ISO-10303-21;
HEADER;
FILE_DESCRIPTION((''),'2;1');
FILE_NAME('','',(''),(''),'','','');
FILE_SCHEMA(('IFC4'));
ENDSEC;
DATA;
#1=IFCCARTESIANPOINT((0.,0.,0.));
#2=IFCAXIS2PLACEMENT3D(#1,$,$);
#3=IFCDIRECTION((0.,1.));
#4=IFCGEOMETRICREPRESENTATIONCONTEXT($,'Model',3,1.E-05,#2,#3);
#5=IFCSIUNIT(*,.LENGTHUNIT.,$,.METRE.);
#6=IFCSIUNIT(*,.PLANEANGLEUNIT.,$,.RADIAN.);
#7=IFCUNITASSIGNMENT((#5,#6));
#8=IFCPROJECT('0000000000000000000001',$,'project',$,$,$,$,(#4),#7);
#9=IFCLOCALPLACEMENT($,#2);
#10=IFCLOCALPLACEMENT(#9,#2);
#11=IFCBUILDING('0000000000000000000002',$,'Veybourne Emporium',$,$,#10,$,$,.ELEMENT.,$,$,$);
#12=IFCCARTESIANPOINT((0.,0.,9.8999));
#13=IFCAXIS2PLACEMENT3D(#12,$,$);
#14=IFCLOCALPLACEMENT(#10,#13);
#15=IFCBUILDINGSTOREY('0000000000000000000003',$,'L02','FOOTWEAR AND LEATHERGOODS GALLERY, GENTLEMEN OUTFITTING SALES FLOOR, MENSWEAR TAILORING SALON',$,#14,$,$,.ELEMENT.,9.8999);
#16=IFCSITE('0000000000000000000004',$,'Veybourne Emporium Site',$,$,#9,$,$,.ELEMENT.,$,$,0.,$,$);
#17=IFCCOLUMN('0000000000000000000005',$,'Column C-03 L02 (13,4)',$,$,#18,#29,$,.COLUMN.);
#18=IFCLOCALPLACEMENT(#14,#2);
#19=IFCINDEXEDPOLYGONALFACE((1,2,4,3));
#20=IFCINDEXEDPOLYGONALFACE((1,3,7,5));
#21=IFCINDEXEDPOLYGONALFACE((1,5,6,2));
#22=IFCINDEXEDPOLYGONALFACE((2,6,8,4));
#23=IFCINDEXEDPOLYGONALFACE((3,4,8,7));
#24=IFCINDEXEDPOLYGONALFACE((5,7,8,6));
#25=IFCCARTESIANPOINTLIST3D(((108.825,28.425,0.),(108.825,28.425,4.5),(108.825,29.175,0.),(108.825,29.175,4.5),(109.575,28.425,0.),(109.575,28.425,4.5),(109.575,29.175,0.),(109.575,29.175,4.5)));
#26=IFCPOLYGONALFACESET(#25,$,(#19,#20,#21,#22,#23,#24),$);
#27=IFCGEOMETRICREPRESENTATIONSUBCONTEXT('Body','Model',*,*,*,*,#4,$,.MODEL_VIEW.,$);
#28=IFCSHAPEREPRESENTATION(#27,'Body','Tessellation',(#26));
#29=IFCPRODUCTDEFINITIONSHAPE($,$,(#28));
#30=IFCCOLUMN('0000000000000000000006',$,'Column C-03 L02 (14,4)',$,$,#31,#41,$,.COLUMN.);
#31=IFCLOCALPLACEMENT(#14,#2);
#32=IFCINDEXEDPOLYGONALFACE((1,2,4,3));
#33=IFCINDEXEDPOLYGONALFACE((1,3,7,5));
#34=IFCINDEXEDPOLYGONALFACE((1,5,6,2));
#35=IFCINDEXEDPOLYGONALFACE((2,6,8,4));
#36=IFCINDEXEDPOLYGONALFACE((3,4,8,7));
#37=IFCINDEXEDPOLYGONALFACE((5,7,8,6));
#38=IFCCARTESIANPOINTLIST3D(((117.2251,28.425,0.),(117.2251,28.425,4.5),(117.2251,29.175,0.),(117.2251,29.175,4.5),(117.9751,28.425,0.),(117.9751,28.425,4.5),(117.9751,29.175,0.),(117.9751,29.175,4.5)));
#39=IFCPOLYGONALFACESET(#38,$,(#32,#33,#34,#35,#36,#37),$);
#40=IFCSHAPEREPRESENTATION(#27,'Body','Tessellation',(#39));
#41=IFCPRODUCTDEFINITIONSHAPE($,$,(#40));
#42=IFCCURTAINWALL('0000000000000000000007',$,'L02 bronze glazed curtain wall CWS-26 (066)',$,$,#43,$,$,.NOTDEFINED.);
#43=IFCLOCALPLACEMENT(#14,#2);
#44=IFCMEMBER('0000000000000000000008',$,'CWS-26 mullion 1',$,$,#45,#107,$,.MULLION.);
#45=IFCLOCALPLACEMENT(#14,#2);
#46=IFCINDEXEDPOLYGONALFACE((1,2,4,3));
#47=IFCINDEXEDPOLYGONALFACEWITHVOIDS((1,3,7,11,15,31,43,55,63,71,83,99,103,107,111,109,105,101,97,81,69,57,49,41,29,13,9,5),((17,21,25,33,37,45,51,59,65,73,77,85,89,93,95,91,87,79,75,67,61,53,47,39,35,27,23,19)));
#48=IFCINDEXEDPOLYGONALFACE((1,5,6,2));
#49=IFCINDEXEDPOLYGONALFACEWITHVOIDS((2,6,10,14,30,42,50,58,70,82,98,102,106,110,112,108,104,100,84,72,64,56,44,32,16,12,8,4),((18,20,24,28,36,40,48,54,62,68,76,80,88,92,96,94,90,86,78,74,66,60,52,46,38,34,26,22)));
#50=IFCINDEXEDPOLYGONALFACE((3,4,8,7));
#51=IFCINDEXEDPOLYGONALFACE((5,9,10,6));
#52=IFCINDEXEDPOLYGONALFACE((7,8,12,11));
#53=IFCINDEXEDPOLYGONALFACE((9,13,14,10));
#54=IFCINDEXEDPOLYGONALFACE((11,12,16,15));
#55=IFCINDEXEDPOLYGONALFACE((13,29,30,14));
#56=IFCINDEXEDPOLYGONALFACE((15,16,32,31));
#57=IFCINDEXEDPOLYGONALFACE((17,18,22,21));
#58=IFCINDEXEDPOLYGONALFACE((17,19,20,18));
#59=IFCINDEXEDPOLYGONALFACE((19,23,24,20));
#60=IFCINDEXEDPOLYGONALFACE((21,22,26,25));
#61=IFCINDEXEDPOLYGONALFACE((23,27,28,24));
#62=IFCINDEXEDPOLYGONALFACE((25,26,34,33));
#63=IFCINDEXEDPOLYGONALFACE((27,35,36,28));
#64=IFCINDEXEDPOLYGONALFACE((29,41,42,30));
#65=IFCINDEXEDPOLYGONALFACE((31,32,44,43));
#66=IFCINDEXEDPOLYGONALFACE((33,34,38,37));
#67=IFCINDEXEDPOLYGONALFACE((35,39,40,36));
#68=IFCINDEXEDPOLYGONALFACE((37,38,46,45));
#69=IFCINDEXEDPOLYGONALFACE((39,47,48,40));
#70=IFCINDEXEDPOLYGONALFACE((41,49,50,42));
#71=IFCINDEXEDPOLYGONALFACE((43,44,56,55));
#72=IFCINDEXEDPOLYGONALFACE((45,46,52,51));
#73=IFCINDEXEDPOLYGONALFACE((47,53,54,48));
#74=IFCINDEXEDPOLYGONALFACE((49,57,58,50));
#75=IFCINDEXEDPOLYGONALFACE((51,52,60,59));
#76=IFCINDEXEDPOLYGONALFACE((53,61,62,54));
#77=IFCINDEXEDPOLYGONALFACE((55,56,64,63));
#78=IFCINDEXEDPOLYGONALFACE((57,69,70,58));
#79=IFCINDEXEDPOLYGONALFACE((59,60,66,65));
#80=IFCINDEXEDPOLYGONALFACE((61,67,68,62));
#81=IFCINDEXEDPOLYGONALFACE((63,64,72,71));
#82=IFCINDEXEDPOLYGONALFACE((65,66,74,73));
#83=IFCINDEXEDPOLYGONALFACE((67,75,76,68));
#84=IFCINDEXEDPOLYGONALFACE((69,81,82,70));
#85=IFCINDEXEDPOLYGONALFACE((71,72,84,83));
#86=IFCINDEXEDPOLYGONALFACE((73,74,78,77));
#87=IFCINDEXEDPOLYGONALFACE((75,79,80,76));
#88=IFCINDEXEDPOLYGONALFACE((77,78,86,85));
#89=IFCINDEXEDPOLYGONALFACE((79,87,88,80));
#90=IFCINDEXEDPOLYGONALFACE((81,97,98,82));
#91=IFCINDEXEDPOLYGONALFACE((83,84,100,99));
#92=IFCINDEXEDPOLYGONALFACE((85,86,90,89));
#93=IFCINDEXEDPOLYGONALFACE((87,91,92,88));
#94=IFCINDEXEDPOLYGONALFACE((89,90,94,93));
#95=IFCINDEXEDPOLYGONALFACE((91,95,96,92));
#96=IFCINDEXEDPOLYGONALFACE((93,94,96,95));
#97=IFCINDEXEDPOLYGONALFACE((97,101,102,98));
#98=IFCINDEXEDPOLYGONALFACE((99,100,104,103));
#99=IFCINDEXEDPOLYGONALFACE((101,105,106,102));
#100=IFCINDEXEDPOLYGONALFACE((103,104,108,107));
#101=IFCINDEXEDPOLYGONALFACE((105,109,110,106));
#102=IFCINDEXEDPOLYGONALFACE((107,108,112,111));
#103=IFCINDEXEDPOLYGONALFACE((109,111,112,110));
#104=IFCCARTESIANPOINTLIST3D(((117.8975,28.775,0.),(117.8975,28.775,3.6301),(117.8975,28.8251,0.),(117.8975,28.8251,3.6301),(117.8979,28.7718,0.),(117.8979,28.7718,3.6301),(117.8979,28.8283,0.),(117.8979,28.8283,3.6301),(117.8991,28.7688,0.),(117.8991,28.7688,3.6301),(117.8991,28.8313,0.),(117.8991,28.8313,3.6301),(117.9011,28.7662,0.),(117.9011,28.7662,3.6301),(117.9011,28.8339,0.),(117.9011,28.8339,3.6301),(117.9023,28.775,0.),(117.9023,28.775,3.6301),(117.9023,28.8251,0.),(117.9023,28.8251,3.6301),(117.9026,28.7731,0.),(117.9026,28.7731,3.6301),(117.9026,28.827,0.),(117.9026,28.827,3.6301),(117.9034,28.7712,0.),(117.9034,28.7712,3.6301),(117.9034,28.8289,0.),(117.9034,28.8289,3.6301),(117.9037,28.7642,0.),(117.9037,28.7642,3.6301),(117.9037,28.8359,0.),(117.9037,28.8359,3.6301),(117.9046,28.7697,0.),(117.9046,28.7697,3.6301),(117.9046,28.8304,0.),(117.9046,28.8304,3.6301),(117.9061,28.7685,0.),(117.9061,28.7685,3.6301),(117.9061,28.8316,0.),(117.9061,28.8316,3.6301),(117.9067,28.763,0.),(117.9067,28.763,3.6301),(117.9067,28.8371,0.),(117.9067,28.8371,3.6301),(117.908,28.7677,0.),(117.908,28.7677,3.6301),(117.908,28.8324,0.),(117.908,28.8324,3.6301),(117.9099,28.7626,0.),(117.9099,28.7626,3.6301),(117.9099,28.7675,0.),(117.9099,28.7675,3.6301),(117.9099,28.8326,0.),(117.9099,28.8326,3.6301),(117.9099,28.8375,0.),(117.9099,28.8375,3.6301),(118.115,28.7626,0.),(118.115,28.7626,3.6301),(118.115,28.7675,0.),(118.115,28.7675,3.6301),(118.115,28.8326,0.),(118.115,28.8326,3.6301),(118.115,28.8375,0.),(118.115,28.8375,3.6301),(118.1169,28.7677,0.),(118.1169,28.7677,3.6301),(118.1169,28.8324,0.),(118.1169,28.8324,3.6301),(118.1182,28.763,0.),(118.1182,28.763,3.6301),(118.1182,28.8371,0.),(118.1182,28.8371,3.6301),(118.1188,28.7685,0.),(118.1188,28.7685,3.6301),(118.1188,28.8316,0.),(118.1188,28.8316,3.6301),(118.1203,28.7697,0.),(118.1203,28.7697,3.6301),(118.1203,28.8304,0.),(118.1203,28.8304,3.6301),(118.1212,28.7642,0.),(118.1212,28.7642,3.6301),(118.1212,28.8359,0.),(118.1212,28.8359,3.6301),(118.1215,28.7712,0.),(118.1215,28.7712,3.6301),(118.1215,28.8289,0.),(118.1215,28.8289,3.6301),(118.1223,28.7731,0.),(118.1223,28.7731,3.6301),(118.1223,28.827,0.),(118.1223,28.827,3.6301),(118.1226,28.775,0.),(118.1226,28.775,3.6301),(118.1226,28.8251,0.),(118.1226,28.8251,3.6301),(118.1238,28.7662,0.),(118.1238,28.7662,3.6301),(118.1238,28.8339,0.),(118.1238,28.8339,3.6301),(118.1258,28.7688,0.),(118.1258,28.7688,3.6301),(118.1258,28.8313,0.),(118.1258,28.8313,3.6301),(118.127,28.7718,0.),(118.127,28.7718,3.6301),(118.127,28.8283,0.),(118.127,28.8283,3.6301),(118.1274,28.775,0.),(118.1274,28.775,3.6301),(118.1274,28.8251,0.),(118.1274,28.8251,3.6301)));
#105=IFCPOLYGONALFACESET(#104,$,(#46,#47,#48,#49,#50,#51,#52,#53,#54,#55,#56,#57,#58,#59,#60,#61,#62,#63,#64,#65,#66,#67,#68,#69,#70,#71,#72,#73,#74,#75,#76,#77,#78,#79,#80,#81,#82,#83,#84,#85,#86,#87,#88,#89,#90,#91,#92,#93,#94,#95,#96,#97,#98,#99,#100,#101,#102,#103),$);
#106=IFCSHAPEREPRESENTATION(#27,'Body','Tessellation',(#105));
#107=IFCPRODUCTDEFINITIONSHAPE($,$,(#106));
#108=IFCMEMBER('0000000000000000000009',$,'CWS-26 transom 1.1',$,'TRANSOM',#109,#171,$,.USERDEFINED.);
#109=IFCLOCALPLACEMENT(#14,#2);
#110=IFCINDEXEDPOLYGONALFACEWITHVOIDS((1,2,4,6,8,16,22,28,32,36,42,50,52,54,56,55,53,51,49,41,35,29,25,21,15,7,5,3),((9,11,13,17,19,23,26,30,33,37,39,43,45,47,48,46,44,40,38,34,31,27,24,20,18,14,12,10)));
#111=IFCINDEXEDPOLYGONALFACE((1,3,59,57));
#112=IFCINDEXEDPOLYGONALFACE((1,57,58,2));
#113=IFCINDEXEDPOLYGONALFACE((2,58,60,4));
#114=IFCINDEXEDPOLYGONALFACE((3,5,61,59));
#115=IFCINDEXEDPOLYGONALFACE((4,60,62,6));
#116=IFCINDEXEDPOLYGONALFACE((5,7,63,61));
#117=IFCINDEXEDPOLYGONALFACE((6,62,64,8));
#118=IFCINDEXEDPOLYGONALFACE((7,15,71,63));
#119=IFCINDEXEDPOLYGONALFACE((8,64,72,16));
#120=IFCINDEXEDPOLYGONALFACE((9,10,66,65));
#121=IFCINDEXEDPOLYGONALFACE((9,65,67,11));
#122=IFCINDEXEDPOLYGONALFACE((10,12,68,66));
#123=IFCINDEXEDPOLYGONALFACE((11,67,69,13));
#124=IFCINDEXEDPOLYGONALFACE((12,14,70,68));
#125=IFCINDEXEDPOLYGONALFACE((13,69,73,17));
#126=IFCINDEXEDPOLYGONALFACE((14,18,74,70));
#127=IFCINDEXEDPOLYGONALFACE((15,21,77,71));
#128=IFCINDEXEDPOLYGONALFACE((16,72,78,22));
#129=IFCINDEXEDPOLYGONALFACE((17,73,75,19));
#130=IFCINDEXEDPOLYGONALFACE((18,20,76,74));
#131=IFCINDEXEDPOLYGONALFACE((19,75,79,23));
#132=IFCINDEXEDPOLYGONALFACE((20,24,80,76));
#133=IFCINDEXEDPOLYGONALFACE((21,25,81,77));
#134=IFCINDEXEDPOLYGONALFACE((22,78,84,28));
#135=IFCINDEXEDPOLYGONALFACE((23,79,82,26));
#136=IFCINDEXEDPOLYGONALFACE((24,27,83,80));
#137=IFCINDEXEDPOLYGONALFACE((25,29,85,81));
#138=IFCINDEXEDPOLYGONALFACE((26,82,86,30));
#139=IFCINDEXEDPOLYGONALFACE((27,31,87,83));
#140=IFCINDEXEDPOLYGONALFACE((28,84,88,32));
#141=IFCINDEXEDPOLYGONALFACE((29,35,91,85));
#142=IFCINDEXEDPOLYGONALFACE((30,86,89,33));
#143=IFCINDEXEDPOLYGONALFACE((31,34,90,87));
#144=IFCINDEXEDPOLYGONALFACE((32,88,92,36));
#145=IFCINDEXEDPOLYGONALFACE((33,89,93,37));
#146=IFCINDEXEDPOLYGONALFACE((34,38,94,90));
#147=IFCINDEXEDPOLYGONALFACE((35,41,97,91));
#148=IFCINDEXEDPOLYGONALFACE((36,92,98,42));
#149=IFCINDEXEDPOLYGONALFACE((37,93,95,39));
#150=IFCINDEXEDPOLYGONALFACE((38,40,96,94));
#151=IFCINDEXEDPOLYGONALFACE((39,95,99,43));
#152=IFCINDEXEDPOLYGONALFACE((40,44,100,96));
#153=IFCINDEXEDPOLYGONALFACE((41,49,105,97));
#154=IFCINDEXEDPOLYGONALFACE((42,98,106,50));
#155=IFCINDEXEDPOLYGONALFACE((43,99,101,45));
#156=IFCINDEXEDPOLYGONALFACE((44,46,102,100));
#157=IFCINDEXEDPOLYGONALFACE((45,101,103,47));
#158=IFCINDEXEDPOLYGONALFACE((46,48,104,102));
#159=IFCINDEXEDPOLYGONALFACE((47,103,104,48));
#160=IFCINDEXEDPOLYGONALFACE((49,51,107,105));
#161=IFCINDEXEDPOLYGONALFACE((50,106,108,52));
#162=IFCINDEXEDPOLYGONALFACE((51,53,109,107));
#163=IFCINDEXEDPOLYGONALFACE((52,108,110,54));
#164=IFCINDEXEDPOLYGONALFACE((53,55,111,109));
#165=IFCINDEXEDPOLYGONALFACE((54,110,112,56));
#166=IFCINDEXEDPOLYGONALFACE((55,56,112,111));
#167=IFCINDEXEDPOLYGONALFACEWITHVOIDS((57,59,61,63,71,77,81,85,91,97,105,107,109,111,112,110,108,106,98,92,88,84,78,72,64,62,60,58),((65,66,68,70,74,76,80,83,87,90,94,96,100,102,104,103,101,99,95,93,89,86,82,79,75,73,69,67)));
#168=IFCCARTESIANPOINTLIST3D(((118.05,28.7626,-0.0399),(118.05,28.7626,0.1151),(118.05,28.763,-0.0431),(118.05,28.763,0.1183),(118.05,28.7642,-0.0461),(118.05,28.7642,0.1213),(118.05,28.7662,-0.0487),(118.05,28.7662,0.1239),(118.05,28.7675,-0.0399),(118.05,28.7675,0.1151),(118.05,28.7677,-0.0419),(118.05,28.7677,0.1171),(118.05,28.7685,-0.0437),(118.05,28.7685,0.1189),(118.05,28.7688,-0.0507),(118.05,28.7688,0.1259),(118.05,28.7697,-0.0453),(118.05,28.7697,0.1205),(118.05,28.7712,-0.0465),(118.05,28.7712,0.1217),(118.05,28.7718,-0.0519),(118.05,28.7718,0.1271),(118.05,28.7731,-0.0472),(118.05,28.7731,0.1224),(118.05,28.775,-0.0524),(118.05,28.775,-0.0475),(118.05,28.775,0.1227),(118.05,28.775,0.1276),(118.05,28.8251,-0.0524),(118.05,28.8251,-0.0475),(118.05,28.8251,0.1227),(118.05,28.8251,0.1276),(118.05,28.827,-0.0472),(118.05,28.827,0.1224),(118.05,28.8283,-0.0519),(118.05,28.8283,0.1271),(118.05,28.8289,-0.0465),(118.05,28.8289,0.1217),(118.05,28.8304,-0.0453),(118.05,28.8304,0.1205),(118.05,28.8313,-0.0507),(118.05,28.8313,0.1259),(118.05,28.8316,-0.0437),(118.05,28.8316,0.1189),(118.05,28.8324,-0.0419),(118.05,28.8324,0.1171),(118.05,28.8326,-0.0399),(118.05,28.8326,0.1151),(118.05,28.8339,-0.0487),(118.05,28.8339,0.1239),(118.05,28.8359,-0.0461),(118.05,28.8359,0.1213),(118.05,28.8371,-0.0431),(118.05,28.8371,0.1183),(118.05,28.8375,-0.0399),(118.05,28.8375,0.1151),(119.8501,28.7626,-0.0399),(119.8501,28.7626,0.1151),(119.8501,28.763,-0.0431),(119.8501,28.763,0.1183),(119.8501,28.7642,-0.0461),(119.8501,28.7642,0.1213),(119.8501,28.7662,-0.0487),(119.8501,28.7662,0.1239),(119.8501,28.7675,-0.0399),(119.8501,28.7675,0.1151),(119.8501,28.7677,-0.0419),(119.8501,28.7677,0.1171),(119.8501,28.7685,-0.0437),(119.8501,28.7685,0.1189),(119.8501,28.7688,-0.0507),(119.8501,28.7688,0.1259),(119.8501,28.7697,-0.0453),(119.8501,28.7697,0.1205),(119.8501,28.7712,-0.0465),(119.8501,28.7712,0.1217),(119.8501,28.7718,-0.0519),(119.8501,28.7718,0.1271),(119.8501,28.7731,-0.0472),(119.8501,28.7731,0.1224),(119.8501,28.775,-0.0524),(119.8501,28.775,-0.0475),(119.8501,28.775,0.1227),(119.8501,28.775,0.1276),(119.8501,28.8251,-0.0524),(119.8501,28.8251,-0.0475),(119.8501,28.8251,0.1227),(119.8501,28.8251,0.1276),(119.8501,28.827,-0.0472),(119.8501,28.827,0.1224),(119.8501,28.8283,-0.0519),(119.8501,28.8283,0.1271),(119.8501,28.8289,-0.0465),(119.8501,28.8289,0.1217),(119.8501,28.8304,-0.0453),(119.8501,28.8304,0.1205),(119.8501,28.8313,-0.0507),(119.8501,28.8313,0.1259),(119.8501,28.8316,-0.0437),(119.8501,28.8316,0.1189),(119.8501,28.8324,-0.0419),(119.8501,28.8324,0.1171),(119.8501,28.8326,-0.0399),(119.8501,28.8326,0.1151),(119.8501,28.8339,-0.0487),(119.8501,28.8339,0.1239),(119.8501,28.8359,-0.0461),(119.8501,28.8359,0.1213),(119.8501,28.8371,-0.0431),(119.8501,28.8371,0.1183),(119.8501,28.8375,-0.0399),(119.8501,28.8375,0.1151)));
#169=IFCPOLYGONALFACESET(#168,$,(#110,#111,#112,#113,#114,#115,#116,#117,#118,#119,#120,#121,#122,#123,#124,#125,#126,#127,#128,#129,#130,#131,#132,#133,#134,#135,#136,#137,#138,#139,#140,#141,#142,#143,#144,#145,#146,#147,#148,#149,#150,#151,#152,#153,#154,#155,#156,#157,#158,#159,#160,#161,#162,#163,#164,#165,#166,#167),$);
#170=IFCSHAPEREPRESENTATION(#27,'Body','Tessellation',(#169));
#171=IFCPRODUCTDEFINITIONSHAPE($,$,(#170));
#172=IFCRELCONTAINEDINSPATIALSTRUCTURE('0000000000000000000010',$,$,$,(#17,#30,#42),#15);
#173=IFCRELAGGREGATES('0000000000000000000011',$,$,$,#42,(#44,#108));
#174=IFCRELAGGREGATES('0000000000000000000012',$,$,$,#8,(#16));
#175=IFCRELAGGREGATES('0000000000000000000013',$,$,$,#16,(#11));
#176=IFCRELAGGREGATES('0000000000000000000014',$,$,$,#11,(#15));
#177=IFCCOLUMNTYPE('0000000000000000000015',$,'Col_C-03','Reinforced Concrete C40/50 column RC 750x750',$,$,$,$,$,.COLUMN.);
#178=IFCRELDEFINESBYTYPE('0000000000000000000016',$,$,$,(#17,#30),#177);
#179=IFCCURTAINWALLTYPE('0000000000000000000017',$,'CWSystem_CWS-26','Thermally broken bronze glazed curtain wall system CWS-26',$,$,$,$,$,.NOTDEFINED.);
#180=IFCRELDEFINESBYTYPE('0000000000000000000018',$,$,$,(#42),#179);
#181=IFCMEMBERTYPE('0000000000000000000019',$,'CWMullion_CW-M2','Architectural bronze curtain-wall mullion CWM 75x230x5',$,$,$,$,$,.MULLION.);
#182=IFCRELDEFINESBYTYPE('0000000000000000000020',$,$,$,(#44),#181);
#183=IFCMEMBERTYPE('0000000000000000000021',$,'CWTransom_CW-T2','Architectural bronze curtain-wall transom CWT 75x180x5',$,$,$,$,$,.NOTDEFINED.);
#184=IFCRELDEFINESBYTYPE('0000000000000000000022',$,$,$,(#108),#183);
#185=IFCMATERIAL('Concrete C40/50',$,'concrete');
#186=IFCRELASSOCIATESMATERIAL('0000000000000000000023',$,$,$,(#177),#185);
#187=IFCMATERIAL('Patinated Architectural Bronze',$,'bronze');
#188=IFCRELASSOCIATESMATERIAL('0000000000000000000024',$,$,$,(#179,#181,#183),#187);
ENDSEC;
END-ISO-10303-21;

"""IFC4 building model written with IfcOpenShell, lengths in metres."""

from ifc_helpers import new_model, si_unit, direction, frame, origin, origin_2d, place, context, subcontext, project, spatial, rectangle, hollow_rectangle, extrude, material, material_profile, profile_set, type_object, element, aggregate, save


model = new_model("IFC4")

# Units and contexts
model_context = context("Model", 3, precision=1e-05, world=origin(), true_north=direction((0.0, 1.0)))
body_context = subcontext(model_context, "Body", "Model", "MODEL_VIEW")
ifc_project = project(units=[si_unit("LENGTHUNIT", "METRE"), si_unit("PLANEANGLEUNIT", "RADIAN")], contexts=[model_context])

# Site, building, storey
site_placement = place(None, origin())
site = spatial("IfcSite", under=ifc_project, at=site_placement, Name="Veybourne Emporium Site", CompositionType="ELEMENT", RefElevation=0.0)
building_placement = place(site_placement, origin())
building = spatial("IfcBuilding", under=site, at=building_placement, Name="Veybourne Emporium", CompositionType="ELEMENT")
storey_placement = place(building_placement, frame((0.0, 0.0, 9.8999)))
storey = spatial("IfcBuildingStorey", under=building, at=storey_placement, Name="L02", Description="FOOTWEAR AND LEATHERGOODS GALLERY, GENTLEMEN OUTFITTING SALES FLOOR, MENSWEAR TAILORING SALON", CompositionType="ELEMENT", Elevation=9.8999)

# Columns
ifc_material_1 = material(Name="Concrete C40/50", Category="concrete")
ifc_material_profile_1 = material_profile(ifc_material_1, rectangle(XDim=0.75, YDim=0.75, at=origin_2d()), Name="RC 750x750")
ifc_profile_set_1 = profile_set([ifc_material_profile_1], Name="Concrete C40/50")
column_type = type_object("IfcColumnType", Name="Col_C-03", Description="Reinforced Concrete C40/50 column RC 750x750", PredefinedType="COLUMN", material=ifc_profile_set_1)
for number, where, z_axis, x_axis, name in (
    (1, (109.2, 28.8, 0.0), (0.0, 0.0, 1.0), (1.0, 0.0, 0.0), "Column C-03 L02 (13,4)"),
    (2, (117.6001, 28.8, 0.0), (0.0, 0.0, 1.0), (1.0, 0.0, 0.0), "Column C-03 L02 (14,4)"),
):
    element("IfcColumn", number, at=place(storey_placement, frame(where, z_axis=z_axis, x_axis=x_axis)), inside=storey, type_object=column_type, Name=name, PredefinedType="COLUMN", context=body_context, shape_type="SweptSolid", body=[
        extrude(rectangle(XDim=0.75, YDim=0.75, at=origin_2d()), origin(), (0.0, 0.0, 1.0), 4.5),
    ])

# Curtain wall, members
ifc_material_2 = material(Name="Patinated Architectural Bronze", Category="bronze")
curtain_wall_type = type_object("IfcCurtainWallType", Name="CWSystem_CWS-26", Description="Thermally broken bronze glazed curtain wall system CWS-26", PredefinedType="NOTDEFINED", material=ifc_material_2)
curtain_wall_placement = place(storey_placement, origin())
curtain_wall = element("IfcCurtainWall", 3, at=curtain_wall_placement, inside=storey, type_object=curtain_wall_type, Name="L02 bronze glazed curtain wall CWS-26 (066)", PredefinedType="NOTDEFINED")
ifc_material_profile_2 = material_profile(ifc_material_2, hollow_rectangle(XDim=0.075, YDim=0.23, WallThickness=0.0049, InnerFilletRadius=0.0076, OuterFilletRadius=0.0125, at=origin_2d()), Name="CWM 75x230x5")
ifc_profile_set_2 = profile_set([ifc_material_profile_2], Name="Patinated Architectural Bronze")
member_type_1 = type_object("IfcMemberType", Name="CWMullion_CW-M2", Description="Architectural bronze curtain-wall mullion CWM 75x230x5", PredefinedType="MULLION", material=ifc_profile_set_2)
member_1_placement = place(storey_placement, frame((118.0125, 28.8, 0.0), z_axis=(0.0, 0.0, 1.0), x_axis=(0.0, 1.0, 0.0)))
member_1 = element("IfcMember", 4, at=member_1_placement, type_object=member_type_1, Name="CWS-26 mullion 1", PredefinedType="MULLION", context=body_context, shape_type="SweptSolid", body=[
    extrude(hollow_rectangle(XDim=0.075, YDim=0.23, WallThickness=0.0049, InnerFilletRadius=0.0076, OuterFilletRadius=0.0125, at=origin_2d()), origin(), (0.0, 0.0, 1.0), 3.6301),
])
ifc_material_profile_3 = material_profile(ifc_material_2, hollow_rectangle(XDim=0.075, YDim=0.1799, WallThickness=0.0049, InnerFilletRadius=0.0076, OuterFilletRadius=0.0125, at=origin_2d()), Name="CWT 75x180x5")
ifc_profile_set_3 = profile_set([ifc_material_profile_3], Name="Patinated Architectural Bronze")
member_type_2 = type_object("IfcMemberType", Name="CWTransom_CW-T2", Description="Architectural bronze curtain-wall transom CWT 75x180x5", PredefinedType="NOTDEFINED", material=ifc_profile_set_3)
member_2_placement = place(storey_placement, frame((118.05, 28.8, 0.0376), z_axis=(1.0, 0.0, 0.0), x_axis=(0.0, 1.0, 0.0)))
member_2 = element("IfcMember", 5, at=member_2_placement, type_object=member_type_2, Name="CWS-26 transom 1.1", ObjectType="TRANSOM", PredefinedType="USERDEFINED", context=body_context, shape_type="SweptSolid", body=[
    extrude(hollow_rectangle(XDim=0.075, YDim=0.1799, WallThickness=0.0049, InnerFilletRadius=0.0076, OuterFilletRadius=0.0125, at=origin_2d()), origin(), (0.0, 0.0, 1.0), 1.8),
])

aggregate(curtain_wall, [member_1, member_2])

save(model, "model.ifc")
